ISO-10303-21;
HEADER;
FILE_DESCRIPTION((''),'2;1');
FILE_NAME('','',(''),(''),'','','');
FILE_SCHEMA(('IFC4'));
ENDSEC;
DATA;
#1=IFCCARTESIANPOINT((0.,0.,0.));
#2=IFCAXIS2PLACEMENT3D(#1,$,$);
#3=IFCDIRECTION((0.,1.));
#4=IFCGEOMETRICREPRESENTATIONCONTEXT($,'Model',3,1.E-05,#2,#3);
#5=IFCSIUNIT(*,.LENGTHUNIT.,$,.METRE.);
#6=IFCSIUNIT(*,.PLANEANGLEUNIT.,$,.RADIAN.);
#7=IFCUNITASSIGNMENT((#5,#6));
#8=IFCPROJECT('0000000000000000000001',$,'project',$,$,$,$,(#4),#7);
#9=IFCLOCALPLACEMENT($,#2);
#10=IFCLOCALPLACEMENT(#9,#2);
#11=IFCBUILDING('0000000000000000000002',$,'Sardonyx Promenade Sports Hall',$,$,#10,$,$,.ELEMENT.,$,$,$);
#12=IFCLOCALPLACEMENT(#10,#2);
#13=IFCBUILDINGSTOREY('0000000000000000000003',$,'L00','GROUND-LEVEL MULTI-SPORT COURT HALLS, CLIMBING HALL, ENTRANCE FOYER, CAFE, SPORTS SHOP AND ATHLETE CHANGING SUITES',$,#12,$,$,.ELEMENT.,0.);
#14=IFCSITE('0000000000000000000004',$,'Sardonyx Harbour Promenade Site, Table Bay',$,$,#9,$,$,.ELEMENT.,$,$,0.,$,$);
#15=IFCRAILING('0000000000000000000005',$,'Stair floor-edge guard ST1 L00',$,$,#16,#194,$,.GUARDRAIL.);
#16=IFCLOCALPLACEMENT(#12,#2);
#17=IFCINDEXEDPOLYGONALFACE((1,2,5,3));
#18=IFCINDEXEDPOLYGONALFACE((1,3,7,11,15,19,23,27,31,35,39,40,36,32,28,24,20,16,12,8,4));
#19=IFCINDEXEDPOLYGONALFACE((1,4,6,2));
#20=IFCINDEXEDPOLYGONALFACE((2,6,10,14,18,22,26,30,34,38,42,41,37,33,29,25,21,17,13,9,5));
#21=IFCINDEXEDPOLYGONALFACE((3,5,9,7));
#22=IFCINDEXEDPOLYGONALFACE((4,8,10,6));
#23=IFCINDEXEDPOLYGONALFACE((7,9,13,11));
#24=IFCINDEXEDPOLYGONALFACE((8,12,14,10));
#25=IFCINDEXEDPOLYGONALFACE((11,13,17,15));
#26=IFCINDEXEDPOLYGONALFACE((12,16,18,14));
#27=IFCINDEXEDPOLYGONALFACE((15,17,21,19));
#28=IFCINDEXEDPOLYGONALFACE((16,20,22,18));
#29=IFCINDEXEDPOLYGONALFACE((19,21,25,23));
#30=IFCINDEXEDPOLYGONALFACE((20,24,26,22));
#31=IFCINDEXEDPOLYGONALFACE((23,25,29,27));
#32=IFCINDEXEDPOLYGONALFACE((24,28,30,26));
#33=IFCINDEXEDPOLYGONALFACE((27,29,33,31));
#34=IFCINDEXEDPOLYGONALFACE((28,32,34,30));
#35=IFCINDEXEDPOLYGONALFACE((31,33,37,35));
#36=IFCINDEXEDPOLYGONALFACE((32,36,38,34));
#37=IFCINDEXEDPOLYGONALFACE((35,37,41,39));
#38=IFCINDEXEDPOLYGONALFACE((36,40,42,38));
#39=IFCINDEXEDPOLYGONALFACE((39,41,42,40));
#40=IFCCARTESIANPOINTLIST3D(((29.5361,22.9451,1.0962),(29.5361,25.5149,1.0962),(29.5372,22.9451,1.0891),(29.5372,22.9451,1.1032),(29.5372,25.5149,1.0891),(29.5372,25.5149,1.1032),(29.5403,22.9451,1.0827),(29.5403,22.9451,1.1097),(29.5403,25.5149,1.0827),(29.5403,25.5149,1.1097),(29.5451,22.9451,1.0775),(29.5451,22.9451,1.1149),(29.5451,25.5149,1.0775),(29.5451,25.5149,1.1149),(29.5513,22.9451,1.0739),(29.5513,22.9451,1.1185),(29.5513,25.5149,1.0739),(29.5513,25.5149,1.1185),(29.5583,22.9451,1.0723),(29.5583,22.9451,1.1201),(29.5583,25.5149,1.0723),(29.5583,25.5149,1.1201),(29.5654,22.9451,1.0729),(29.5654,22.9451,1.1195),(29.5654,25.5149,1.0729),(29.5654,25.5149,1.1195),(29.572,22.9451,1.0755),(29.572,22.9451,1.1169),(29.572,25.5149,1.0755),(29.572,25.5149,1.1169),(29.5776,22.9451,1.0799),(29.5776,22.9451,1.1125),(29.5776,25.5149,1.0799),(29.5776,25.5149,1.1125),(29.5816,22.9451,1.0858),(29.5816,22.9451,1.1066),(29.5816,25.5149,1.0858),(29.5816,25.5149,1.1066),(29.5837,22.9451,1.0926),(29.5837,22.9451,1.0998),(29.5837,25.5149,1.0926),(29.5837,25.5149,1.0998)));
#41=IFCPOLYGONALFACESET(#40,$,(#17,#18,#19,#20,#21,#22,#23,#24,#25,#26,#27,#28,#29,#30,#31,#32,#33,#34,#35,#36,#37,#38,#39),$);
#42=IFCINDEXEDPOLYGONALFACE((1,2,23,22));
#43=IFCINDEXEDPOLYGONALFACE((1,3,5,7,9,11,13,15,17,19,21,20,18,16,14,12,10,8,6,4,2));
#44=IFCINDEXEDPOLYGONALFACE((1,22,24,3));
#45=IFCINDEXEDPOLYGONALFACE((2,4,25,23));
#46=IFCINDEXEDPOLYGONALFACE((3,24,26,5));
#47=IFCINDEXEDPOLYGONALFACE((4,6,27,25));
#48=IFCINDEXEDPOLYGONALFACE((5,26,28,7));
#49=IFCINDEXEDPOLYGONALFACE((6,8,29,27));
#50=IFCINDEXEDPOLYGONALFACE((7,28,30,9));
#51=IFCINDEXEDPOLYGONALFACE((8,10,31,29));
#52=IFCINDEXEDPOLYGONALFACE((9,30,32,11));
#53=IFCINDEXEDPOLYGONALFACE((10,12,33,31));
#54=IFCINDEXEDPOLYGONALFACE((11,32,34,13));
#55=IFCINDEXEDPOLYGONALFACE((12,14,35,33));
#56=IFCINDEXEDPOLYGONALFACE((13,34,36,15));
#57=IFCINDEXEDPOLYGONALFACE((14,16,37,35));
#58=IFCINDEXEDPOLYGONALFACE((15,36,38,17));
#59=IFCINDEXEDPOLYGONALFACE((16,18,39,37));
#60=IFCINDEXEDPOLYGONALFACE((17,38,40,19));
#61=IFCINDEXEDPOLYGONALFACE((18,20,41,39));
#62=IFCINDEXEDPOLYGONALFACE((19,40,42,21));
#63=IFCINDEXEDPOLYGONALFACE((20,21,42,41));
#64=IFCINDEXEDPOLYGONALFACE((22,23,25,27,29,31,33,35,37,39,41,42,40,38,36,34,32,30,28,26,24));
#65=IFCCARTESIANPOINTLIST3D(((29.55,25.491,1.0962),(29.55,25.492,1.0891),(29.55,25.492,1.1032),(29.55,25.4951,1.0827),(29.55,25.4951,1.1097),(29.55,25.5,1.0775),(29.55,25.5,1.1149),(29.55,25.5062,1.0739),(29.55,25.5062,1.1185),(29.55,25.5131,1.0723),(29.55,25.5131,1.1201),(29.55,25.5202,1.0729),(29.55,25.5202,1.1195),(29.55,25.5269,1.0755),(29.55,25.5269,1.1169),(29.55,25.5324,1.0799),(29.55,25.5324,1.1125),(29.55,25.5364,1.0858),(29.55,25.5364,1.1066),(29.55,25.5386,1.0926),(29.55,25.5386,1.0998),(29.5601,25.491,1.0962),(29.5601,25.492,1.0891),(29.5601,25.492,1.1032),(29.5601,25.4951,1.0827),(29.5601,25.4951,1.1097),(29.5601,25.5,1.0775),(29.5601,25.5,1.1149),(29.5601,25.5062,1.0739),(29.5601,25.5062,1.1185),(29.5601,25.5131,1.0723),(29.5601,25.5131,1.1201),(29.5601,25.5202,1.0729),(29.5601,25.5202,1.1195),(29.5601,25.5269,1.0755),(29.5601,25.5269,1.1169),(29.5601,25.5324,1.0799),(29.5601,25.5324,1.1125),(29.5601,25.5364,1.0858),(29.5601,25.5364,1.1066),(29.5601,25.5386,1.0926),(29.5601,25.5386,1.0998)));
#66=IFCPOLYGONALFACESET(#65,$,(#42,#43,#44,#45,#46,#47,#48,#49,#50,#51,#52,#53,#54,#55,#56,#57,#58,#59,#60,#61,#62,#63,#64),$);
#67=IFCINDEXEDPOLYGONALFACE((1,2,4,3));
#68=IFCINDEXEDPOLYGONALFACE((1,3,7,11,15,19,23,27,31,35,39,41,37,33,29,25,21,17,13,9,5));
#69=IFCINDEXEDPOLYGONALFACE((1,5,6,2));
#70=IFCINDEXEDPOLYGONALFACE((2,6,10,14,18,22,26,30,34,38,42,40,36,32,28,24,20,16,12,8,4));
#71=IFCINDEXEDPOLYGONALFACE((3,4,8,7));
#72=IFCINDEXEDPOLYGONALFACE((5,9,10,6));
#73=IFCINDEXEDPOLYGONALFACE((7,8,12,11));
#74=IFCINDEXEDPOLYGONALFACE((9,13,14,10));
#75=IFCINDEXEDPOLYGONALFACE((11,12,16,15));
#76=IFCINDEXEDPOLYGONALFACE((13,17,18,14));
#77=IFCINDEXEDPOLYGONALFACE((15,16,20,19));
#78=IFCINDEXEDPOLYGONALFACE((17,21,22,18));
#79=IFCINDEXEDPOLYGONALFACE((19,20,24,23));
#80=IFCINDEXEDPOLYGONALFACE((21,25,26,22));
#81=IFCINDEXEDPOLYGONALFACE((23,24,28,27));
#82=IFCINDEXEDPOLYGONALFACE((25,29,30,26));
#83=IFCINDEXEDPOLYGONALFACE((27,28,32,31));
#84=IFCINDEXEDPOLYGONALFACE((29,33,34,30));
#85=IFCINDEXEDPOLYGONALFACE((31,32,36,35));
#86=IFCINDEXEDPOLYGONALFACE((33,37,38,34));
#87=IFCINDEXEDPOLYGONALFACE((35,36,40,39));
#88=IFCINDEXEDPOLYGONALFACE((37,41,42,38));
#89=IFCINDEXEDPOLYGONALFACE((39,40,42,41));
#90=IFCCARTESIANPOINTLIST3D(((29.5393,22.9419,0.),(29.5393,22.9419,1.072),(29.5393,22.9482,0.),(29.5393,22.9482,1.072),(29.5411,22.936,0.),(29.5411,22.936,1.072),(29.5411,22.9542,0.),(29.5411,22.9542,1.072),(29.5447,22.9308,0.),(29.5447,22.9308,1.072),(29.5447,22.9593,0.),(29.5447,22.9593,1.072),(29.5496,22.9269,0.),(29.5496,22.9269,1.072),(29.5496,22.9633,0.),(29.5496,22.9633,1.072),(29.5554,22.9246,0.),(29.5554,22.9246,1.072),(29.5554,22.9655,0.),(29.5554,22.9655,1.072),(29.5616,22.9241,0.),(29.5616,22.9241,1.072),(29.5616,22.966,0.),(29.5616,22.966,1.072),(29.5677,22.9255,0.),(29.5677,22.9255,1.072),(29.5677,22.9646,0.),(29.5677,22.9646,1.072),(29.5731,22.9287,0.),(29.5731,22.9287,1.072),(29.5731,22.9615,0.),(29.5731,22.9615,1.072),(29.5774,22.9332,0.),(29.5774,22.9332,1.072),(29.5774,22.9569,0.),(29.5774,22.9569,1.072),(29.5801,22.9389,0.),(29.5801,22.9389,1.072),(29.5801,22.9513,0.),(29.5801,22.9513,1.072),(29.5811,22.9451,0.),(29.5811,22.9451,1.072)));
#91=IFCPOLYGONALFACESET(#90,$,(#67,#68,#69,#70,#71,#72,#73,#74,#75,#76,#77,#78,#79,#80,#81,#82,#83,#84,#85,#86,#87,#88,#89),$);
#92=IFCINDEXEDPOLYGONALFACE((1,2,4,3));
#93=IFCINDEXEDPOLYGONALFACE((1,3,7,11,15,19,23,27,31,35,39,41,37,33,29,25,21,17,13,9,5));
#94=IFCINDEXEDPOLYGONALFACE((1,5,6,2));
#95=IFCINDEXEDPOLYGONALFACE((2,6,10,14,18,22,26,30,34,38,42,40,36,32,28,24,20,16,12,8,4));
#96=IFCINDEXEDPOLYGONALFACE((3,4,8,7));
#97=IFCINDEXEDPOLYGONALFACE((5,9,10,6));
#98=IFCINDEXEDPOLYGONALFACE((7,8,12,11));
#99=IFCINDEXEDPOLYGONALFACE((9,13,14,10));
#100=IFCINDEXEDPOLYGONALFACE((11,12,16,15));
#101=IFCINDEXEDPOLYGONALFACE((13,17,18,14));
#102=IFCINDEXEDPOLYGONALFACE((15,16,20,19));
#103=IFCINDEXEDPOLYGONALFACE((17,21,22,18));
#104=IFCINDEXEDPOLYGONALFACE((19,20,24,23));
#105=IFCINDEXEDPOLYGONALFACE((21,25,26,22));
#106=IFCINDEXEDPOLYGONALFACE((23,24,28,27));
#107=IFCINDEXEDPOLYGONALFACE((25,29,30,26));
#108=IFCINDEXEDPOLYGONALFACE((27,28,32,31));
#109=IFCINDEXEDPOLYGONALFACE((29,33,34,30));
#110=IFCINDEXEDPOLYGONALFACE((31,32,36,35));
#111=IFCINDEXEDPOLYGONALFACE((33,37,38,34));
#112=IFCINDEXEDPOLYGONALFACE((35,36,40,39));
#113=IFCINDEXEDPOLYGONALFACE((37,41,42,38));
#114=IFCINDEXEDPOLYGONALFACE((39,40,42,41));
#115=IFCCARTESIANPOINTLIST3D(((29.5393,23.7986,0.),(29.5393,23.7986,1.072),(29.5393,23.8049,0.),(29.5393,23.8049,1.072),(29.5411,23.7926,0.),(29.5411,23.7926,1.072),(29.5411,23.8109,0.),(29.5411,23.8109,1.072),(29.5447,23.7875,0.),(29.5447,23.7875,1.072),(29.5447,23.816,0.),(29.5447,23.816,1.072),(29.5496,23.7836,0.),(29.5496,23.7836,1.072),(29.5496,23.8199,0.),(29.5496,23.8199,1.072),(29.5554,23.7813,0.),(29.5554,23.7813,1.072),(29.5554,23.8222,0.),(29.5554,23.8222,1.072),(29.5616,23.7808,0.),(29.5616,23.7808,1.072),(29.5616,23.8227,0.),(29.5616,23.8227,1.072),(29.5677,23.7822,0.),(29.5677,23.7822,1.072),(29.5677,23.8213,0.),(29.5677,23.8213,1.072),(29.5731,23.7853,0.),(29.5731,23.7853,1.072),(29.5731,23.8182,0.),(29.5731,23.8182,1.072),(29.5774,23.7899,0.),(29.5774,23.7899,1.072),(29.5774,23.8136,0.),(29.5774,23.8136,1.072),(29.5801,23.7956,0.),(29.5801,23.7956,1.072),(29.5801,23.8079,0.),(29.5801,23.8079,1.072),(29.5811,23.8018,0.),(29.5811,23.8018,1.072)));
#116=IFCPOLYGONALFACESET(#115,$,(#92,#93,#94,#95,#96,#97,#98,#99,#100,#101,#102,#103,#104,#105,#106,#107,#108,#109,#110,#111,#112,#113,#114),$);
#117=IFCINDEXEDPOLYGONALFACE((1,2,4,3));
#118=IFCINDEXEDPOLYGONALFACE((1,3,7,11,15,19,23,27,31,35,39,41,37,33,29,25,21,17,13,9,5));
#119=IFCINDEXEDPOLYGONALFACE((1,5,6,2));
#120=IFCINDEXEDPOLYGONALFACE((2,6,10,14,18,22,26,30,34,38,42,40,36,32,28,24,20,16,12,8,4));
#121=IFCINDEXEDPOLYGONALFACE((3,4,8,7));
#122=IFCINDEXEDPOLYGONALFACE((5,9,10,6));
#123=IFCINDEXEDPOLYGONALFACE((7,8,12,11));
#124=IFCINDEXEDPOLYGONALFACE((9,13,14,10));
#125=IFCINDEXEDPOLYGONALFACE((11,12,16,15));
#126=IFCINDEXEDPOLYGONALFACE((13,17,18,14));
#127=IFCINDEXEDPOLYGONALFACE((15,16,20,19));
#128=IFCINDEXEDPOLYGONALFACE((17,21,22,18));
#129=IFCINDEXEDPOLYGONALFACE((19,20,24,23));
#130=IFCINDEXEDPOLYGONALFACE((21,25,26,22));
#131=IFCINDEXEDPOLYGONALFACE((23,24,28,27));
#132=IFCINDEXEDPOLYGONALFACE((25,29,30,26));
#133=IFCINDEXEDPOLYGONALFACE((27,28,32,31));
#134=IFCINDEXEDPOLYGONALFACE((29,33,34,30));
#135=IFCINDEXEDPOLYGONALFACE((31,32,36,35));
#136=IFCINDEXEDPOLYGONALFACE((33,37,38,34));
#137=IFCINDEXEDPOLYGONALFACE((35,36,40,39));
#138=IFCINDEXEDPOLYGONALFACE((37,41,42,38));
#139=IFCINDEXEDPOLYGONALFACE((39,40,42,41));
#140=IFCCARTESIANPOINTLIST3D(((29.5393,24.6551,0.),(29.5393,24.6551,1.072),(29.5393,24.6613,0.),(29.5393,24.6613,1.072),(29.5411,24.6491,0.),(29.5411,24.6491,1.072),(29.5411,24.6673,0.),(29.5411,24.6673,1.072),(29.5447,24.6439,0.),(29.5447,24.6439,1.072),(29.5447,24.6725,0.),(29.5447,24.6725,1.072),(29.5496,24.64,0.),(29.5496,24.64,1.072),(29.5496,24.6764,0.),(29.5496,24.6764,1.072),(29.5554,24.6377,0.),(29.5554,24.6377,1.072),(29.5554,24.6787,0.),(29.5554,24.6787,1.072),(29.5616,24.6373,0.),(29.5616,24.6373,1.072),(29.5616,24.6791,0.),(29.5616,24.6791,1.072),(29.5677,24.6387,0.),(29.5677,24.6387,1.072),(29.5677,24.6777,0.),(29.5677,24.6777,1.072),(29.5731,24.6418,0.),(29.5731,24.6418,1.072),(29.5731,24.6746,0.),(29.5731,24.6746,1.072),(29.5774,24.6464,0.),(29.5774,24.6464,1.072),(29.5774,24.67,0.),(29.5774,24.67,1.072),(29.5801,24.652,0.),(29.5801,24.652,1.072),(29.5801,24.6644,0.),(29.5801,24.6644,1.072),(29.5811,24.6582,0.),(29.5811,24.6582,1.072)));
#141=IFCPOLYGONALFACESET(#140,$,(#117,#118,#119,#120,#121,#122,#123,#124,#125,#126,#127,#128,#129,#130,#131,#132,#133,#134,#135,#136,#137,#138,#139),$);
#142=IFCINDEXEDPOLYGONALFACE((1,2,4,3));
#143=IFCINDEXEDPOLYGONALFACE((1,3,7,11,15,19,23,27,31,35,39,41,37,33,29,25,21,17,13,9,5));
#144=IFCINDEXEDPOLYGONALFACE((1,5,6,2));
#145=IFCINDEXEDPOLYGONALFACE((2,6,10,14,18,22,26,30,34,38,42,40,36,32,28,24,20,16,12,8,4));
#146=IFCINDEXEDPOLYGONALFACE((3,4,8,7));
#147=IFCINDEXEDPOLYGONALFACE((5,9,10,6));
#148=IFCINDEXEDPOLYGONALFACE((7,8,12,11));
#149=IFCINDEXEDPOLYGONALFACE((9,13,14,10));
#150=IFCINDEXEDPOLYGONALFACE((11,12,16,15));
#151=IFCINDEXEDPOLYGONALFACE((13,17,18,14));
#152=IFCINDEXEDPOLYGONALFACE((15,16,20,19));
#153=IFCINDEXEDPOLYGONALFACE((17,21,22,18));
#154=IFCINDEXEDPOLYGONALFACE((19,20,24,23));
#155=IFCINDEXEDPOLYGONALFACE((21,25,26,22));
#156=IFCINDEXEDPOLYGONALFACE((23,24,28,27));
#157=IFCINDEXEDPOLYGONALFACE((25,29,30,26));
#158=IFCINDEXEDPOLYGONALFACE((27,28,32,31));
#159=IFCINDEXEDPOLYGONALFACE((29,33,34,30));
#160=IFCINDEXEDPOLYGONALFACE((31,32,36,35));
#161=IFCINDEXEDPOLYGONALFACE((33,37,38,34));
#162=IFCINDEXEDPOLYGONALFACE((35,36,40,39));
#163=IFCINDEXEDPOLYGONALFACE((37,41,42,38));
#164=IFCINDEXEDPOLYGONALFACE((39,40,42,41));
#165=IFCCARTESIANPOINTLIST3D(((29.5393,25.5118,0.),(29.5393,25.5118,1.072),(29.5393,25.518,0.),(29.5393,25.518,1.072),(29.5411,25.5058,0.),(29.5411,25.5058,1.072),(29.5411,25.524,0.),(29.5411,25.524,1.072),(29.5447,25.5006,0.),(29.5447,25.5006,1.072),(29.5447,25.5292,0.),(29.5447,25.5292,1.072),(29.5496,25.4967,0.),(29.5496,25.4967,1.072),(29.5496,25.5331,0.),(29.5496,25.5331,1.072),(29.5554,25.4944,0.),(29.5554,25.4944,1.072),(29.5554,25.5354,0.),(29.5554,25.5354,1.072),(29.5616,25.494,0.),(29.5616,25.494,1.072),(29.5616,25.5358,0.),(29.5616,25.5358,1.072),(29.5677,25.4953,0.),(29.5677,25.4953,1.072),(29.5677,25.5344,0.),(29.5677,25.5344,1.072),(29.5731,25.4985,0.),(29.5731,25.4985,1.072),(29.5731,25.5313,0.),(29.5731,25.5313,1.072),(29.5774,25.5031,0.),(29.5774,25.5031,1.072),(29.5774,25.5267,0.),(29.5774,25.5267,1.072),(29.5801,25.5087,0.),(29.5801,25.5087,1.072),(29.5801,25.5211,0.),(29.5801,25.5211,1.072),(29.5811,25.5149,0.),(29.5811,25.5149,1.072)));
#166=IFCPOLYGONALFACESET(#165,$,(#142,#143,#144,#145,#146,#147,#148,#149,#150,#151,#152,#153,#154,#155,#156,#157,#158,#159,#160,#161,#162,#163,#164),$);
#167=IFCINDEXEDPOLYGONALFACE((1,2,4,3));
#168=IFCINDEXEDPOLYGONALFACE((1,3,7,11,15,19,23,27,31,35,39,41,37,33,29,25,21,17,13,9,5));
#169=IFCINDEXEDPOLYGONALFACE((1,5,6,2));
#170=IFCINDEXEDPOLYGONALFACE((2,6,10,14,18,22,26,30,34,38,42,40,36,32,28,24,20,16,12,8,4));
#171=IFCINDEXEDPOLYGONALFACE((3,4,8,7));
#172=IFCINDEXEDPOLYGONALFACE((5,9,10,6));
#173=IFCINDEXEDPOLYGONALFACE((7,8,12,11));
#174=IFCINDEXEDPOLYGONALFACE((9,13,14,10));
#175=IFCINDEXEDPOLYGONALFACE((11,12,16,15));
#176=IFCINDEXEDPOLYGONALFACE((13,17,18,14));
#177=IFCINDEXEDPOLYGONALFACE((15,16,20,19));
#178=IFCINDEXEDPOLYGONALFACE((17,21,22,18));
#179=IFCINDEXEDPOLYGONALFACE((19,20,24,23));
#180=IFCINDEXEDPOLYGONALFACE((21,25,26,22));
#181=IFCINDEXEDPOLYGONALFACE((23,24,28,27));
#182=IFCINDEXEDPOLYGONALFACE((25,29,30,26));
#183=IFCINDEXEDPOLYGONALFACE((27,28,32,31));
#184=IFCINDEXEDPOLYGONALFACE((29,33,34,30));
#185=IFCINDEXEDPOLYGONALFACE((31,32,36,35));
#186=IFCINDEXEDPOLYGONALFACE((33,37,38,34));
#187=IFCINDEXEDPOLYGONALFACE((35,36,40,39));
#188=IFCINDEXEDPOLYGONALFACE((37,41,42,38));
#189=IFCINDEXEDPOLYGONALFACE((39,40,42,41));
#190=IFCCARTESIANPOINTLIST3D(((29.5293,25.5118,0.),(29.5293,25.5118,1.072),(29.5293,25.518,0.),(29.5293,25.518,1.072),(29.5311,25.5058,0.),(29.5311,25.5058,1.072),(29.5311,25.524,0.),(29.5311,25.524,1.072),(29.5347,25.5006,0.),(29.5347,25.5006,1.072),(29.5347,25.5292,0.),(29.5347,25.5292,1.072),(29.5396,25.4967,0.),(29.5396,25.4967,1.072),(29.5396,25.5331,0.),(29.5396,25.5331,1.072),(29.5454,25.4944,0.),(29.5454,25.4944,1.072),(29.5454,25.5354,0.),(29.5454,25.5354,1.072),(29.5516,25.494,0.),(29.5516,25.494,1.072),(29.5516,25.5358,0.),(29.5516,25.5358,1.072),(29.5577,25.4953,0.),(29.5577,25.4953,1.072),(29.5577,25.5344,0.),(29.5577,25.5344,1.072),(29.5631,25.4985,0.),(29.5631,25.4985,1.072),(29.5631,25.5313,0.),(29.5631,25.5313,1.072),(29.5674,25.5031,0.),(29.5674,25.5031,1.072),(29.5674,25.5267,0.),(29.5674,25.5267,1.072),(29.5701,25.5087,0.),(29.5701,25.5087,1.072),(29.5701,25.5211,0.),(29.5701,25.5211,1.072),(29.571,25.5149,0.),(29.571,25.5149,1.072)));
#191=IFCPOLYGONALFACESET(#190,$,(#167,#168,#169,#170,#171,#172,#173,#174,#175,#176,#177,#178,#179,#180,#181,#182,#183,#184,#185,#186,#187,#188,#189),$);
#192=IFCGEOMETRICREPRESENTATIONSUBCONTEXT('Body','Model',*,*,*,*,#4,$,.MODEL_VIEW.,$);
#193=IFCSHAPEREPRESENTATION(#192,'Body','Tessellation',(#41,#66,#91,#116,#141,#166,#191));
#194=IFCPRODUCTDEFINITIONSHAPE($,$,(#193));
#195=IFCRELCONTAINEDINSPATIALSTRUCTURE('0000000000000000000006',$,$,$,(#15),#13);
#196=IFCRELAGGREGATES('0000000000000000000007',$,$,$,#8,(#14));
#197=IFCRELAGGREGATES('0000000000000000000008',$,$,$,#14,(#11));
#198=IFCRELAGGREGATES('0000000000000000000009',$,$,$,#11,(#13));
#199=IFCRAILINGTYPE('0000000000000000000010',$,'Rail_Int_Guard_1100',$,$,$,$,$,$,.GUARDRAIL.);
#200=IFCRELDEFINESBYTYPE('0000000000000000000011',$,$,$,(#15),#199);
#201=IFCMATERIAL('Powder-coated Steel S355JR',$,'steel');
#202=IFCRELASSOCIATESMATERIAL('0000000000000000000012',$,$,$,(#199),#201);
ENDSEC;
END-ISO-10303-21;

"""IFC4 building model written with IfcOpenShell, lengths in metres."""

from ifc_helpers import new_model, si_unit, direction, frame, origin, origin_2d, place, context, subcontext, project, spatial, circle, extrude, material, type_object, element, save


model = new_model("IFC4")

# Units and contexts
model_context = context("Model", 3, precision=1e-05, world=origin(), true_north=direction((0.0, 1.0)))
body_context = subcontext(model_context, "Body", "Model", "MODEL_VIEW")
ifc_project = project(units=[si_unit("LENGTHUNIT", "METRE"), si_unit("PLANEANGLEUNIT", "RADIAN")], contexts=[model_context])

# Site, building, storey
site_placement = place(None, origin())
site = spatial("IfcSite", under=ifc_project, at=site_placement, Name="Sardonyx Harbour Promenade Site, Table Bay", CompositionType="ELEMENT", RefElevation=0.0)
building_placement = place(site_placement, origin())
building = spatial("IfcBuilding", under=site, at=building_placement, Name="Sardonyx Promenade Sports Hall", CompositionType="ELEMENT")
storey_placement = place(building_placement, origin())
storey = spatial("IfcBuildingStorey", under=building, at=storey_placement, Name="L00", Description="GROUND-LEVEL MULTI-SPORT COURT HALLS, CLIMBING HALL, ENTRANCE FOYER, CAFE, SPORTS SHOP AND ATHLETE CHANGING SUITES", CompositionType="ELEMENT", Elevation=0.0)

# Railing
ifc_material_1 = material(Name="Powder-coated Steel S355JR", Category="steel")
railing_type_1 = type_object("IfcRailingType", Name="Rail_Int_Guard_1100", PredefinedType="GUARDRAIL", material=ifc_material_1)
railing_1_placement = place(storey_placement, frame((29.5601, 22.9451, 0.0)))
element("IfcRailing", 1, at=railing_1_placement, inside=storey, type_object=railing_type_1, Name="Stair floor-edge guard ST1 L00", PredefinedType="GUARDRAIL", context=body_context, shape_type="SweptSolid", body=[
    extrude(circle(Radius=0.0239, at=origin_2d()), frame((0.0, 0.0, 1.0962), z_axis=(0.0, 1.0, 0.0), x_axis=(-1.0, 0.0, 0.0)), (0.0, 0.0, 1.0), 2.5698),
    extrude(circle(Radius=0.0239, at=origin_2d()), frame((0.0, 2.5698, 1.0962), z_axis=(-1.0, 0.0, 0.0), x_axis=(0.0, -1.0, 0.0)), (0.0, 0.0, 1.0), 0.01),
    extrude(circle(Radius=0.021, at=origin_2d()), origin(), (0.0, 0.0, 1.0), 1.072),
    extrude(circle(Radius=0.021, at=origin_2d()), frame((0.0, 0.8567, 0.0)), (0.0, 0.0, 1.0), 1.072),
    extrude(circle(Radius=0.021, at=origin_2d()), frame((0.0, 1.7131, 0.0)), (0.0, 0.0, 1.0), 1.072),
    extrude(circle(Radius=0.021, at=origin_2d()), frame((0.0, 2.5698, 0.0)), (0.0, 0.0, 1.0), 1.072),
    extrude(circle(Radius=0.021, at=origin_2d()), frame((-0.01, 2.5698, 0.0)), (0.0, 0.0, 1.0), 1.072),
])

save(model, "model.ifc")
